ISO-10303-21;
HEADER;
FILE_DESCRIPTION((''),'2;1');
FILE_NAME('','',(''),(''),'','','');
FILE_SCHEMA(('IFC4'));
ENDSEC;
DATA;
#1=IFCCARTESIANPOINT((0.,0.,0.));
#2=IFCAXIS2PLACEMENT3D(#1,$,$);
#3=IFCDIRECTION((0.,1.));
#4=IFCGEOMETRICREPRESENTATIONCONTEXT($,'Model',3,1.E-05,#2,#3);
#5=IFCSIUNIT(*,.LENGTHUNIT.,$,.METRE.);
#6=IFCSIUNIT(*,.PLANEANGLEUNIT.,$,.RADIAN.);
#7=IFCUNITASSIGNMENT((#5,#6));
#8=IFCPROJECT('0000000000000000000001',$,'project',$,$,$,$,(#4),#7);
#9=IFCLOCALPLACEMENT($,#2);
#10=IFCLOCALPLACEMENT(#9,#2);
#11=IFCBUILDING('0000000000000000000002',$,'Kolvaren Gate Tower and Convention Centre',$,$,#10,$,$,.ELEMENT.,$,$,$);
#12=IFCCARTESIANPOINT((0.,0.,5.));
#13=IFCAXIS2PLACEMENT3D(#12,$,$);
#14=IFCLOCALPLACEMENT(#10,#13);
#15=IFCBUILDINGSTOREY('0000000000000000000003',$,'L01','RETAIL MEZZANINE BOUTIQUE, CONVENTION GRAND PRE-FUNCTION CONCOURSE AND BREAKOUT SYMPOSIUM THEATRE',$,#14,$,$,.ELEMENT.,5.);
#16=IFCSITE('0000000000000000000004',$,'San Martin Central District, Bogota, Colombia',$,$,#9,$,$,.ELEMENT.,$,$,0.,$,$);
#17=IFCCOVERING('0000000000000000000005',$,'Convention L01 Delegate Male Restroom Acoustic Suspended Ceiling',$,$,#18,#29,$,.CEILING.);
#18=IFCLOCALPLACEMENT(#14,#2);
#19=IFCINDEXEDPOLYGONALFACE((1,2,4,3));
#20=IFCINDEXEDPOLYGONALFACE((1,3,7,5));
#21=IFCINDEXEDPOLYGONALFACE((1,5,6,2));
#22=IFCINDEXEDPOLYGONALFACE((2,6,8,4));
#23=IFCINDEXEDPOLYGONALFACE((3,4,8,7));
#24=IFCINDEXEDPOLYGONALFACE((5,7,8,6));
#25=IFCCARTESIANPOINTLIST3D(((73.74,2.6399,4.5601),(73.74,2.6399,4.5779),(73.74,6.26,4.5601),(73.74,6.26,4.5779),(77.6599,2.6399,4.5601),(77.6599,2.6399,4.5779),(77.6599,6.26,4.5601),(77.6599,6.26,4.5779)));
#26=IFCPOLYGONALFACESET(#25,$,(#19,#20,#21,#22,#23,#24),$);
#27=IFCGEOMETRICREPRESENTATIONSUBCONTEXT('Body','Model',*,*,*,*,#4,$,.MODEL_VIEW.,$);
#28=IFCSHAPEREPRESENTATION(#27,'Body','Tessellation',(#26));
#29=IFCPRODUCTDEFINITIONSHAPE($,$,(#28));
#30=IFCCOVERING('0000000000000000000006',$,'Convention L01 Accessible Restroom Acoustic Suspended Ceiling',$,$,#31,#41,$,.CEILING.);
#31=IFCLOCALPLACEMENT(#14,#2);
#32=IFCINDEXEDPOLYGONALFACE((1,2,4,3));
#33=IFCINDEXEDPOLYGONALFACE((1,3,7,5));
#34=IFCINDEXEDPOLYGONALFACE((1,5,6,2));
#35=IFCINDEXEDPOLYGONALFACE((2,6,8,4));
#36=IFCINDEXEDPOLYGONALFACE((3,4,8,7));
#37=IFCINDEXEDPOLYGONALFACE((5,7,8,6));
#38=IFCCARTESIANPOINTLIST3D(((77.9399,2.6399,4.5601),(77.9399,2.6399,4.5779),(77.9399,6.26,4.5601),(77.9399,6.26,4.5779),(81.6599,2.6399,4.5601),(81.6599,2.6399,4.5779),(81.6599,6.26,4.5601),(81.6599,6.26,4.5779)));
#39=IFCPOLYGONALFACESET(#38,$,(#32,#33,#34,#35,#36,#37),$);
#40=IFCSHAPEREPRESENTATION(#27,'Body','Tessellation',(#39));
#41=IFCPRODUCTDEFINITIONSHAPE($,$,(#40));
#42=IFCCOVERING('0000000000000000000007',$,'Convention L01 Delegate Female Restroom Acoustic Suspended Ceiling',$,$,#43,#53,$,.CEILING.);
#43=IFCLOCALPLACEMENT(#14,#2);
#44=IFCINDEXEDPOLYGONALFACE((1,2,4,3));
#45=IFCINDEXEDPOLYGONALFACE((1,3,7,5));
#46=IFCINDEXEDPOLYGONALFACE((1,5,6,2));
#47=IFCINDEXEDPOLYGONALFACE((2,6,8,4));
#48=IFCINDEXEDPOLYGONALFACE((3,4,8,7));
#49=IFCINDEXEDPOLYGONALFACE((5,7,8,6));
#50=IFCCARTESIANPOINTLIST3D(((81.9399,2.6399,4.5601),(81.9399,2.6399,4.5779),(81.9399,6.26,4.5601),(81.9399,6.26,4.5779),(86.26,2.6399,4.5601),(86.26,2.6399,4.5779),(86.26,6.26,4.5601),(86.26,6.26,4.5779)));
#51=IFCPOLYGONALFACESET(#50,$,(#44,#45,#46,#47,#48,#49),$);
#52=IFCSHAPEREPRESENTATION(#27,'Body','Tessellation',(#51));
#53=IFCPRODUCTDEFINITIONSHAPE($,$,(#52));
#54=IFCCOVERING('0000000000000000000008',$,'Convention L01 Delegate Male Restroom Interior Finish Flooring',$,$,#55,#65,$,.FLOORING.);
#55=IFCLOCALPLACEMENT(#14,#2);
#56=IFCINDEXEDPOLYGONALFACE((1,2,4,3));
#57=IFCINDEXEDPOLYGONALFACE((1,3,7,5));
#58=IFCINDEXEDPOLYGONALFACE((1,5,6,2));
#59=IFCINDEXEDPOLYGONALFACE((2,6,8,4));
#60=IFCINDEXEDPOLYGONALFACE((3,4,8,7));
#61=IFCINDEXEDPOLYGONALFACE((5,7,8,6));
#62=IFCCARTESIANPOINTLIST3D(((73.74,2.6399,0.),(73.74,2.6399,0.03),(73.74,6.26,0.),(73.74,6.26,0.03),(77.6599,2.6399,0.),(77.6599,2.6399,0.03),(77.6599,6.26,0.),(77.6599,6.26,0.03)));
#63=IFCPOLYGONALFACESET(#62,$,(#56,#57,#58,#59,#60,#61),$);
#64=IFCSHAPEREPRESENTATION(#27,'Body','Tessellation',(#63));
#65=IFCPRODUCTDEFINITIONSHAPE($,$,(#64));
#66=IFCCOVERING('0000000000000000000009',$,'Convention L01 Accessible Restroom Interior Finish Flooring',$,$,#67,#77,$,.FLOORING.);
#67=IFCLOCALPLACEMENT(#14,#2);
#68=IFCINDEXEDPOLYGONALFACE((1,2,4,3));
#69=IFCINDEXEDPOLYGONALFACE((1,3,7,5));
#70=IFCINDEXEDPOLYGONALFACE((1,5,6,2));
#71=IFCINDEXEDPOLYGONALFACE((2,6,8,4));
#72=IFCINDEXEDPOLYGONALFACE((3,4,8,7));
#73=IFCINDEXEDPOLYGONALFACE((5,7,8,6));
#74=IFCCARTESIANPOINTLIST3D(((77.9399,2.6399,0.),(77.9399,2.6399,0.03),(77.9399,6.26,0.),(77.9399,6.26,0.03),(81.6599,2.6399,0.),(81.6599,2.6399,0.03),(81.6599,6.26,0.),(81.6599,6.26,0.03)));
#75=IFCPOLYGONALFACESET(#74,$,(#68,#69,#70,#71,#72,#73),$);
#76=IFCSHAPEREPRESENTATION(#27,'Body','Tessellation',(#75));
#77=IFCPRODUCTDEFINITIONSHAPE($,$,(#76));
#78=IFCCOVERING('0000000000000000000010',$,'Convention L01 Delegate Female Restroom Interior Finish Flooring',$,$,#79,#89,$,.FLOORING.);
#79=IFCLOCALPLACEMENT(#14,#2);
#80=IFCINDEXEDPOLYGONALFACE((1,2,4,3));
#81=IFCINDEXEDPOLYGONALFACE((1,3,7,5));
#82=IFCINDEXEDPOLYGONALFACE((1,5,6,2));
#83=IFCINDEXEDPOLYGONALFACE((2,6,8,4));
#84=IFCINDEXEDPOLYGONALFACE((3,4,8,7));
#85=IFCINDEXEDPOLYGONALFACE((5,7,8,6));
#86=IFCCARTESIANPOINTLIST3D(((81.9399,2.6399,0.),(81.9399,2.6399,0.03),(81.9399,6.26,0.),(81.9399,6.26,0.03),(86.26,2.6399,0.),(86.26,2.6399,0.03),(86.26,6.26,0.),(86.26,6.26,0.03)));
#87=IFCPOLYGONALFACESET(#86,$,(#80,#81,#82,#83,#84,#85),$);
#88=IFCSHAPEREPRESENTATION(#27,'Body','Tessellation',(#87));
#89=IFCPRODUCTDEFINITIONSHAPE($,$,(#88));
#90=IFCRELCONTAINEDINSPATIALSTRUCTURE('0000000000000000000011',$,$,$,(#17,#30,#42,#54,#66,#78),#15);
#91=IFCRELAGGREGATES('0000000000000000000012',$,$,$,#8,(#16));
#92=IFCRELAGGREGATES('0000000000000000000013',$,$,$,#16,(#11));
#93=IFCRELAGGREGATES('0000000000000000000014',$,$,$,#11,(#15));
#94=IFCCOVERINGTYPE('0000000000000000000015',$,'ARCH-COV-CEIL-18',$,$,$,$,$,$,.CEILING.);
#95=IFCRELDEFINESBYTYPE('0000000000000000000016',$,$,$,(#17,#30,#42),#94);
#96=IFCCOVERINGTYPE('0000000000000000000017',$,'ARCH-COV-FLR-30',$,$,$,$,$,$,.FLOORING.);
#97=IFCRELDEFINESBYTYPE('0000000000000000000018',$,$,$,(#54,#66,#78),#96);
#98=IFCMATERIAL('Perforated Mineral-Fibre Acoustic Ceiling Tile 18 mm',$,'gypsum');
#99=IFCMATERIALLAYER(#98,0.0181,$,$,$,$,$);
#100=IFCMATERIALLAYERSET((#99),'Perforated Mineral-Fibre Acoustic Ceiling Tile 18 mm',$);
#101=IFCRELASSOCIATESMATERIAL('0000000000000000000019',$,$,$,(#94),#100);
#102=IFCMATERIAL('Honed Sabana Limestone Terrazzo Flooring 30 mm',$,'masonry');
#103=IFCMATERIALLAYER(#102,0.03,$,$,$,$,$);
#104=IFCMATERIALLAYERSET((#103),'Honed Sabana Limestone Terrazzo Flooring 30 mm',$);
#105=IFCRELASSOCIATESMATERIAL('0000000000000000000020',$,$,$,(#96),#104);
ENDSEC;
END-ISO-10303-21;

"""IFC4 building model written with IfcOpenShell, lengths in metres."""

from ifc_helpers import new_model, si_unit, direction, frame, origin, place, context, subcontext, project, spatial, polyline, outline, extrude, material, layer, layer_set, type_object, element, save


model = new_model("IFC4")

# Units and contexts
model_context = context("Model", 3, precision=1e-05, world=origin(), true_north=direction((0.0, 1.0)))
body_context = subcontext(model_context, "Body", "Model", "MODEL_VIEW")
ifc_project = project(units=[si_unit("LENGTHUNIT", "METRE"), si_unit("PLANEANGLEUNIT", "RADIAN")], contexts=[model_context])

# Site, building, storey
site_placement = place(None, origin())
site = spatial("IfcSite", under=ifc_project, at=site_placement, Name="San Martin Central District, Bogota, Colombia", CompositionType="ELEMENT", RefElevation=0.0)
building_placement = place(site_placement, origin())
building = spatial("IfcBuilding", under=site, at=building_placement, Name="Kolvaren Gate Tower and Convention Centre", CompositionType="ELEMENT")
storey_placement = place(building_placement, frame((0.0, 0.0, 5.0)))
storey = spatial("IfcBuildingStorey", under=building, at=storey_placement, Name="L01", Description="RETAIL MEZZANINE BOUTIQUE, CONVENTION GRAND PRE-FUNCTION CONCOURSE AND BREAKOUT SYMPOSIUM THEATRE", CompositionType="ELEMENT", Elevation=5.0)

# Coverings
ifc_material_1 = material(Name="Perforated Mineral-Fibre Acoustic Ceiling Tile 18 mm", Category="gypsum")
ifc_layer_1 = layer(ifc_material_1, 0.0181)
ifc_layer_set_1 = layer_set([ifc_layer_1], Name="Perforated Mineral-Fibre Acoustic Ceiling Tile 18 mm")
covering_type_1 = type_object("IfcCoveringType", Name="ARCH-COV-CEIL-18", PredefinedType="CEILING", material=ifc_layer_set_1)
covering_1_placement = place(storey_placement, frame((0.0, 0.0, 4.5601)))
element("IfcCovering", 1, at=covering_1_placement, inside=storey, type_object=covering_type_1, Name="Convention L01 Delegate Male Restroom Acoustic Suspended Ceiling", PredefinedType="CEILING", context=body_context, shape_type="SweptSolid", body=[
    extrude(outline(polyline([(73.74, 6.26), (77.6599, 6.26), (77.6599, 2.6399), (73.74, 2.6399), (73.74, 6.26)])), origin(), (0.0, 0.0, 1.0), 0.0178),
])
covering_2_placement = place(storey_placement, frame((0.0, 0.0, 4.5601)))
element("IfcCovering", 2, at=covering_2_placement, inside=storey, type_object=covering_type_1, Name="Convention L01 Accessible Restroom Acoustic Suspended Ceiling", PredefinedType="CEILING", context=body_context, shape_type="SweptSolid", body=[
    extrude(outline(polyline([(77.9399, 6.26), (81.6599, 6.26), (81.6599, 2.6399), (77.9399, 2.6399), (77.9399, 6.26)])), origin(), (0.0, 0.0, 1.0), 0.0178),
])
covering_3_placement = place(storey_placement, frame((0.0, 0.0, 4.5601)))
element("IfcCovering", 3, at=covering_3_placement, inside=storey, type_object=covering_type_1, Name="Convention L01 Delegate Female Restroom Acoustic Suspended Ceiling", PredefinedType="CEILING", context=body_context, shape_type="SweptSolid", body=[
    extrude(outline(polyline([(81.9399, 6.26), (86.26, 6.26), (86.26, 2.6399), (81.9399, 2.6399), (81.9399, 6.26)])), origin(), (0.0, 0.0, 1.0), 0.0178),
])
ifc_material_2 = material(Name="Honed Sabana Limestone Terrazzo Flooring 30 mm", Category="masonry")
ifc_layer_2 = layer(ifc_material_2, 0.03)
ifc_layer_set_2 = layer_set([ifc_layer_2], Name="Honed Sabana Limestone Terrazzo Flooring 30 mm")
covering_type_2 = type_object("IfcCoveringType", Name="ARCH-COV-FLR-30", PredefinedType="FLOORING", material=ifc_layer_set_2)
covering_4_placement = place(storey_placement, origin())
element("IfcCovering", 4, at=covering_4_placement, inside=storey, type_object=covering_type_2, Name="Convention L01 Delegate Male Restroom Interior Finish Flooring", PredefinedType="FLOORING", context=body_context, shape_type="SweptSolid", body=[
    extrude(outline(polyline([(73.74, 6.26), (77.6599, 6.26), (77.6599, 2.6399), (73.74, 2.6399), (73.74, 6.26)])), origin(), (0.0, 0.0, 1.0), 0.03),
])
covering_5_placement = place(storey_placement, origin())
element("IfcCovering", 5, at=covering_5_placement, inside=storey, type_object=covering_type_2, Name="Convention L01 Accessible Restroom Interior Finish Flooring", PredefinedType="FLOORING", context=body_context, shape_type="SweptSolid", body=[
    extrude(outline(polyline([(77.9399, 6.26), (81.6599, 6.26), (81.6599, 2.6399), (77.9399, 2.6399), (77.9399, 6.26)])), origin(), (0.0, 0.0, 1.0), 0.03),
])
covering_6_placement = place(storey_placement, origin())
element("IfcCovering", 6, at=covering_6_placement, inside=storey, type_object=covering_type_2, Name="Convention L01 Delegate Female Restroom Interior Finish Flooring", PredefinedType="FLOORING", context=body_context, shape_type="SweptSolid", body=[
    extrude(outline(polyline([(81.9399, 6.26), (86.26, 6.26), (86.26, 2.6399), (81.9399, 2.6399), (81.9399, 6.26)])), origin(), (0.0, 0.0, 1.0), 0.03),
])

save(model, "model.ifc")
